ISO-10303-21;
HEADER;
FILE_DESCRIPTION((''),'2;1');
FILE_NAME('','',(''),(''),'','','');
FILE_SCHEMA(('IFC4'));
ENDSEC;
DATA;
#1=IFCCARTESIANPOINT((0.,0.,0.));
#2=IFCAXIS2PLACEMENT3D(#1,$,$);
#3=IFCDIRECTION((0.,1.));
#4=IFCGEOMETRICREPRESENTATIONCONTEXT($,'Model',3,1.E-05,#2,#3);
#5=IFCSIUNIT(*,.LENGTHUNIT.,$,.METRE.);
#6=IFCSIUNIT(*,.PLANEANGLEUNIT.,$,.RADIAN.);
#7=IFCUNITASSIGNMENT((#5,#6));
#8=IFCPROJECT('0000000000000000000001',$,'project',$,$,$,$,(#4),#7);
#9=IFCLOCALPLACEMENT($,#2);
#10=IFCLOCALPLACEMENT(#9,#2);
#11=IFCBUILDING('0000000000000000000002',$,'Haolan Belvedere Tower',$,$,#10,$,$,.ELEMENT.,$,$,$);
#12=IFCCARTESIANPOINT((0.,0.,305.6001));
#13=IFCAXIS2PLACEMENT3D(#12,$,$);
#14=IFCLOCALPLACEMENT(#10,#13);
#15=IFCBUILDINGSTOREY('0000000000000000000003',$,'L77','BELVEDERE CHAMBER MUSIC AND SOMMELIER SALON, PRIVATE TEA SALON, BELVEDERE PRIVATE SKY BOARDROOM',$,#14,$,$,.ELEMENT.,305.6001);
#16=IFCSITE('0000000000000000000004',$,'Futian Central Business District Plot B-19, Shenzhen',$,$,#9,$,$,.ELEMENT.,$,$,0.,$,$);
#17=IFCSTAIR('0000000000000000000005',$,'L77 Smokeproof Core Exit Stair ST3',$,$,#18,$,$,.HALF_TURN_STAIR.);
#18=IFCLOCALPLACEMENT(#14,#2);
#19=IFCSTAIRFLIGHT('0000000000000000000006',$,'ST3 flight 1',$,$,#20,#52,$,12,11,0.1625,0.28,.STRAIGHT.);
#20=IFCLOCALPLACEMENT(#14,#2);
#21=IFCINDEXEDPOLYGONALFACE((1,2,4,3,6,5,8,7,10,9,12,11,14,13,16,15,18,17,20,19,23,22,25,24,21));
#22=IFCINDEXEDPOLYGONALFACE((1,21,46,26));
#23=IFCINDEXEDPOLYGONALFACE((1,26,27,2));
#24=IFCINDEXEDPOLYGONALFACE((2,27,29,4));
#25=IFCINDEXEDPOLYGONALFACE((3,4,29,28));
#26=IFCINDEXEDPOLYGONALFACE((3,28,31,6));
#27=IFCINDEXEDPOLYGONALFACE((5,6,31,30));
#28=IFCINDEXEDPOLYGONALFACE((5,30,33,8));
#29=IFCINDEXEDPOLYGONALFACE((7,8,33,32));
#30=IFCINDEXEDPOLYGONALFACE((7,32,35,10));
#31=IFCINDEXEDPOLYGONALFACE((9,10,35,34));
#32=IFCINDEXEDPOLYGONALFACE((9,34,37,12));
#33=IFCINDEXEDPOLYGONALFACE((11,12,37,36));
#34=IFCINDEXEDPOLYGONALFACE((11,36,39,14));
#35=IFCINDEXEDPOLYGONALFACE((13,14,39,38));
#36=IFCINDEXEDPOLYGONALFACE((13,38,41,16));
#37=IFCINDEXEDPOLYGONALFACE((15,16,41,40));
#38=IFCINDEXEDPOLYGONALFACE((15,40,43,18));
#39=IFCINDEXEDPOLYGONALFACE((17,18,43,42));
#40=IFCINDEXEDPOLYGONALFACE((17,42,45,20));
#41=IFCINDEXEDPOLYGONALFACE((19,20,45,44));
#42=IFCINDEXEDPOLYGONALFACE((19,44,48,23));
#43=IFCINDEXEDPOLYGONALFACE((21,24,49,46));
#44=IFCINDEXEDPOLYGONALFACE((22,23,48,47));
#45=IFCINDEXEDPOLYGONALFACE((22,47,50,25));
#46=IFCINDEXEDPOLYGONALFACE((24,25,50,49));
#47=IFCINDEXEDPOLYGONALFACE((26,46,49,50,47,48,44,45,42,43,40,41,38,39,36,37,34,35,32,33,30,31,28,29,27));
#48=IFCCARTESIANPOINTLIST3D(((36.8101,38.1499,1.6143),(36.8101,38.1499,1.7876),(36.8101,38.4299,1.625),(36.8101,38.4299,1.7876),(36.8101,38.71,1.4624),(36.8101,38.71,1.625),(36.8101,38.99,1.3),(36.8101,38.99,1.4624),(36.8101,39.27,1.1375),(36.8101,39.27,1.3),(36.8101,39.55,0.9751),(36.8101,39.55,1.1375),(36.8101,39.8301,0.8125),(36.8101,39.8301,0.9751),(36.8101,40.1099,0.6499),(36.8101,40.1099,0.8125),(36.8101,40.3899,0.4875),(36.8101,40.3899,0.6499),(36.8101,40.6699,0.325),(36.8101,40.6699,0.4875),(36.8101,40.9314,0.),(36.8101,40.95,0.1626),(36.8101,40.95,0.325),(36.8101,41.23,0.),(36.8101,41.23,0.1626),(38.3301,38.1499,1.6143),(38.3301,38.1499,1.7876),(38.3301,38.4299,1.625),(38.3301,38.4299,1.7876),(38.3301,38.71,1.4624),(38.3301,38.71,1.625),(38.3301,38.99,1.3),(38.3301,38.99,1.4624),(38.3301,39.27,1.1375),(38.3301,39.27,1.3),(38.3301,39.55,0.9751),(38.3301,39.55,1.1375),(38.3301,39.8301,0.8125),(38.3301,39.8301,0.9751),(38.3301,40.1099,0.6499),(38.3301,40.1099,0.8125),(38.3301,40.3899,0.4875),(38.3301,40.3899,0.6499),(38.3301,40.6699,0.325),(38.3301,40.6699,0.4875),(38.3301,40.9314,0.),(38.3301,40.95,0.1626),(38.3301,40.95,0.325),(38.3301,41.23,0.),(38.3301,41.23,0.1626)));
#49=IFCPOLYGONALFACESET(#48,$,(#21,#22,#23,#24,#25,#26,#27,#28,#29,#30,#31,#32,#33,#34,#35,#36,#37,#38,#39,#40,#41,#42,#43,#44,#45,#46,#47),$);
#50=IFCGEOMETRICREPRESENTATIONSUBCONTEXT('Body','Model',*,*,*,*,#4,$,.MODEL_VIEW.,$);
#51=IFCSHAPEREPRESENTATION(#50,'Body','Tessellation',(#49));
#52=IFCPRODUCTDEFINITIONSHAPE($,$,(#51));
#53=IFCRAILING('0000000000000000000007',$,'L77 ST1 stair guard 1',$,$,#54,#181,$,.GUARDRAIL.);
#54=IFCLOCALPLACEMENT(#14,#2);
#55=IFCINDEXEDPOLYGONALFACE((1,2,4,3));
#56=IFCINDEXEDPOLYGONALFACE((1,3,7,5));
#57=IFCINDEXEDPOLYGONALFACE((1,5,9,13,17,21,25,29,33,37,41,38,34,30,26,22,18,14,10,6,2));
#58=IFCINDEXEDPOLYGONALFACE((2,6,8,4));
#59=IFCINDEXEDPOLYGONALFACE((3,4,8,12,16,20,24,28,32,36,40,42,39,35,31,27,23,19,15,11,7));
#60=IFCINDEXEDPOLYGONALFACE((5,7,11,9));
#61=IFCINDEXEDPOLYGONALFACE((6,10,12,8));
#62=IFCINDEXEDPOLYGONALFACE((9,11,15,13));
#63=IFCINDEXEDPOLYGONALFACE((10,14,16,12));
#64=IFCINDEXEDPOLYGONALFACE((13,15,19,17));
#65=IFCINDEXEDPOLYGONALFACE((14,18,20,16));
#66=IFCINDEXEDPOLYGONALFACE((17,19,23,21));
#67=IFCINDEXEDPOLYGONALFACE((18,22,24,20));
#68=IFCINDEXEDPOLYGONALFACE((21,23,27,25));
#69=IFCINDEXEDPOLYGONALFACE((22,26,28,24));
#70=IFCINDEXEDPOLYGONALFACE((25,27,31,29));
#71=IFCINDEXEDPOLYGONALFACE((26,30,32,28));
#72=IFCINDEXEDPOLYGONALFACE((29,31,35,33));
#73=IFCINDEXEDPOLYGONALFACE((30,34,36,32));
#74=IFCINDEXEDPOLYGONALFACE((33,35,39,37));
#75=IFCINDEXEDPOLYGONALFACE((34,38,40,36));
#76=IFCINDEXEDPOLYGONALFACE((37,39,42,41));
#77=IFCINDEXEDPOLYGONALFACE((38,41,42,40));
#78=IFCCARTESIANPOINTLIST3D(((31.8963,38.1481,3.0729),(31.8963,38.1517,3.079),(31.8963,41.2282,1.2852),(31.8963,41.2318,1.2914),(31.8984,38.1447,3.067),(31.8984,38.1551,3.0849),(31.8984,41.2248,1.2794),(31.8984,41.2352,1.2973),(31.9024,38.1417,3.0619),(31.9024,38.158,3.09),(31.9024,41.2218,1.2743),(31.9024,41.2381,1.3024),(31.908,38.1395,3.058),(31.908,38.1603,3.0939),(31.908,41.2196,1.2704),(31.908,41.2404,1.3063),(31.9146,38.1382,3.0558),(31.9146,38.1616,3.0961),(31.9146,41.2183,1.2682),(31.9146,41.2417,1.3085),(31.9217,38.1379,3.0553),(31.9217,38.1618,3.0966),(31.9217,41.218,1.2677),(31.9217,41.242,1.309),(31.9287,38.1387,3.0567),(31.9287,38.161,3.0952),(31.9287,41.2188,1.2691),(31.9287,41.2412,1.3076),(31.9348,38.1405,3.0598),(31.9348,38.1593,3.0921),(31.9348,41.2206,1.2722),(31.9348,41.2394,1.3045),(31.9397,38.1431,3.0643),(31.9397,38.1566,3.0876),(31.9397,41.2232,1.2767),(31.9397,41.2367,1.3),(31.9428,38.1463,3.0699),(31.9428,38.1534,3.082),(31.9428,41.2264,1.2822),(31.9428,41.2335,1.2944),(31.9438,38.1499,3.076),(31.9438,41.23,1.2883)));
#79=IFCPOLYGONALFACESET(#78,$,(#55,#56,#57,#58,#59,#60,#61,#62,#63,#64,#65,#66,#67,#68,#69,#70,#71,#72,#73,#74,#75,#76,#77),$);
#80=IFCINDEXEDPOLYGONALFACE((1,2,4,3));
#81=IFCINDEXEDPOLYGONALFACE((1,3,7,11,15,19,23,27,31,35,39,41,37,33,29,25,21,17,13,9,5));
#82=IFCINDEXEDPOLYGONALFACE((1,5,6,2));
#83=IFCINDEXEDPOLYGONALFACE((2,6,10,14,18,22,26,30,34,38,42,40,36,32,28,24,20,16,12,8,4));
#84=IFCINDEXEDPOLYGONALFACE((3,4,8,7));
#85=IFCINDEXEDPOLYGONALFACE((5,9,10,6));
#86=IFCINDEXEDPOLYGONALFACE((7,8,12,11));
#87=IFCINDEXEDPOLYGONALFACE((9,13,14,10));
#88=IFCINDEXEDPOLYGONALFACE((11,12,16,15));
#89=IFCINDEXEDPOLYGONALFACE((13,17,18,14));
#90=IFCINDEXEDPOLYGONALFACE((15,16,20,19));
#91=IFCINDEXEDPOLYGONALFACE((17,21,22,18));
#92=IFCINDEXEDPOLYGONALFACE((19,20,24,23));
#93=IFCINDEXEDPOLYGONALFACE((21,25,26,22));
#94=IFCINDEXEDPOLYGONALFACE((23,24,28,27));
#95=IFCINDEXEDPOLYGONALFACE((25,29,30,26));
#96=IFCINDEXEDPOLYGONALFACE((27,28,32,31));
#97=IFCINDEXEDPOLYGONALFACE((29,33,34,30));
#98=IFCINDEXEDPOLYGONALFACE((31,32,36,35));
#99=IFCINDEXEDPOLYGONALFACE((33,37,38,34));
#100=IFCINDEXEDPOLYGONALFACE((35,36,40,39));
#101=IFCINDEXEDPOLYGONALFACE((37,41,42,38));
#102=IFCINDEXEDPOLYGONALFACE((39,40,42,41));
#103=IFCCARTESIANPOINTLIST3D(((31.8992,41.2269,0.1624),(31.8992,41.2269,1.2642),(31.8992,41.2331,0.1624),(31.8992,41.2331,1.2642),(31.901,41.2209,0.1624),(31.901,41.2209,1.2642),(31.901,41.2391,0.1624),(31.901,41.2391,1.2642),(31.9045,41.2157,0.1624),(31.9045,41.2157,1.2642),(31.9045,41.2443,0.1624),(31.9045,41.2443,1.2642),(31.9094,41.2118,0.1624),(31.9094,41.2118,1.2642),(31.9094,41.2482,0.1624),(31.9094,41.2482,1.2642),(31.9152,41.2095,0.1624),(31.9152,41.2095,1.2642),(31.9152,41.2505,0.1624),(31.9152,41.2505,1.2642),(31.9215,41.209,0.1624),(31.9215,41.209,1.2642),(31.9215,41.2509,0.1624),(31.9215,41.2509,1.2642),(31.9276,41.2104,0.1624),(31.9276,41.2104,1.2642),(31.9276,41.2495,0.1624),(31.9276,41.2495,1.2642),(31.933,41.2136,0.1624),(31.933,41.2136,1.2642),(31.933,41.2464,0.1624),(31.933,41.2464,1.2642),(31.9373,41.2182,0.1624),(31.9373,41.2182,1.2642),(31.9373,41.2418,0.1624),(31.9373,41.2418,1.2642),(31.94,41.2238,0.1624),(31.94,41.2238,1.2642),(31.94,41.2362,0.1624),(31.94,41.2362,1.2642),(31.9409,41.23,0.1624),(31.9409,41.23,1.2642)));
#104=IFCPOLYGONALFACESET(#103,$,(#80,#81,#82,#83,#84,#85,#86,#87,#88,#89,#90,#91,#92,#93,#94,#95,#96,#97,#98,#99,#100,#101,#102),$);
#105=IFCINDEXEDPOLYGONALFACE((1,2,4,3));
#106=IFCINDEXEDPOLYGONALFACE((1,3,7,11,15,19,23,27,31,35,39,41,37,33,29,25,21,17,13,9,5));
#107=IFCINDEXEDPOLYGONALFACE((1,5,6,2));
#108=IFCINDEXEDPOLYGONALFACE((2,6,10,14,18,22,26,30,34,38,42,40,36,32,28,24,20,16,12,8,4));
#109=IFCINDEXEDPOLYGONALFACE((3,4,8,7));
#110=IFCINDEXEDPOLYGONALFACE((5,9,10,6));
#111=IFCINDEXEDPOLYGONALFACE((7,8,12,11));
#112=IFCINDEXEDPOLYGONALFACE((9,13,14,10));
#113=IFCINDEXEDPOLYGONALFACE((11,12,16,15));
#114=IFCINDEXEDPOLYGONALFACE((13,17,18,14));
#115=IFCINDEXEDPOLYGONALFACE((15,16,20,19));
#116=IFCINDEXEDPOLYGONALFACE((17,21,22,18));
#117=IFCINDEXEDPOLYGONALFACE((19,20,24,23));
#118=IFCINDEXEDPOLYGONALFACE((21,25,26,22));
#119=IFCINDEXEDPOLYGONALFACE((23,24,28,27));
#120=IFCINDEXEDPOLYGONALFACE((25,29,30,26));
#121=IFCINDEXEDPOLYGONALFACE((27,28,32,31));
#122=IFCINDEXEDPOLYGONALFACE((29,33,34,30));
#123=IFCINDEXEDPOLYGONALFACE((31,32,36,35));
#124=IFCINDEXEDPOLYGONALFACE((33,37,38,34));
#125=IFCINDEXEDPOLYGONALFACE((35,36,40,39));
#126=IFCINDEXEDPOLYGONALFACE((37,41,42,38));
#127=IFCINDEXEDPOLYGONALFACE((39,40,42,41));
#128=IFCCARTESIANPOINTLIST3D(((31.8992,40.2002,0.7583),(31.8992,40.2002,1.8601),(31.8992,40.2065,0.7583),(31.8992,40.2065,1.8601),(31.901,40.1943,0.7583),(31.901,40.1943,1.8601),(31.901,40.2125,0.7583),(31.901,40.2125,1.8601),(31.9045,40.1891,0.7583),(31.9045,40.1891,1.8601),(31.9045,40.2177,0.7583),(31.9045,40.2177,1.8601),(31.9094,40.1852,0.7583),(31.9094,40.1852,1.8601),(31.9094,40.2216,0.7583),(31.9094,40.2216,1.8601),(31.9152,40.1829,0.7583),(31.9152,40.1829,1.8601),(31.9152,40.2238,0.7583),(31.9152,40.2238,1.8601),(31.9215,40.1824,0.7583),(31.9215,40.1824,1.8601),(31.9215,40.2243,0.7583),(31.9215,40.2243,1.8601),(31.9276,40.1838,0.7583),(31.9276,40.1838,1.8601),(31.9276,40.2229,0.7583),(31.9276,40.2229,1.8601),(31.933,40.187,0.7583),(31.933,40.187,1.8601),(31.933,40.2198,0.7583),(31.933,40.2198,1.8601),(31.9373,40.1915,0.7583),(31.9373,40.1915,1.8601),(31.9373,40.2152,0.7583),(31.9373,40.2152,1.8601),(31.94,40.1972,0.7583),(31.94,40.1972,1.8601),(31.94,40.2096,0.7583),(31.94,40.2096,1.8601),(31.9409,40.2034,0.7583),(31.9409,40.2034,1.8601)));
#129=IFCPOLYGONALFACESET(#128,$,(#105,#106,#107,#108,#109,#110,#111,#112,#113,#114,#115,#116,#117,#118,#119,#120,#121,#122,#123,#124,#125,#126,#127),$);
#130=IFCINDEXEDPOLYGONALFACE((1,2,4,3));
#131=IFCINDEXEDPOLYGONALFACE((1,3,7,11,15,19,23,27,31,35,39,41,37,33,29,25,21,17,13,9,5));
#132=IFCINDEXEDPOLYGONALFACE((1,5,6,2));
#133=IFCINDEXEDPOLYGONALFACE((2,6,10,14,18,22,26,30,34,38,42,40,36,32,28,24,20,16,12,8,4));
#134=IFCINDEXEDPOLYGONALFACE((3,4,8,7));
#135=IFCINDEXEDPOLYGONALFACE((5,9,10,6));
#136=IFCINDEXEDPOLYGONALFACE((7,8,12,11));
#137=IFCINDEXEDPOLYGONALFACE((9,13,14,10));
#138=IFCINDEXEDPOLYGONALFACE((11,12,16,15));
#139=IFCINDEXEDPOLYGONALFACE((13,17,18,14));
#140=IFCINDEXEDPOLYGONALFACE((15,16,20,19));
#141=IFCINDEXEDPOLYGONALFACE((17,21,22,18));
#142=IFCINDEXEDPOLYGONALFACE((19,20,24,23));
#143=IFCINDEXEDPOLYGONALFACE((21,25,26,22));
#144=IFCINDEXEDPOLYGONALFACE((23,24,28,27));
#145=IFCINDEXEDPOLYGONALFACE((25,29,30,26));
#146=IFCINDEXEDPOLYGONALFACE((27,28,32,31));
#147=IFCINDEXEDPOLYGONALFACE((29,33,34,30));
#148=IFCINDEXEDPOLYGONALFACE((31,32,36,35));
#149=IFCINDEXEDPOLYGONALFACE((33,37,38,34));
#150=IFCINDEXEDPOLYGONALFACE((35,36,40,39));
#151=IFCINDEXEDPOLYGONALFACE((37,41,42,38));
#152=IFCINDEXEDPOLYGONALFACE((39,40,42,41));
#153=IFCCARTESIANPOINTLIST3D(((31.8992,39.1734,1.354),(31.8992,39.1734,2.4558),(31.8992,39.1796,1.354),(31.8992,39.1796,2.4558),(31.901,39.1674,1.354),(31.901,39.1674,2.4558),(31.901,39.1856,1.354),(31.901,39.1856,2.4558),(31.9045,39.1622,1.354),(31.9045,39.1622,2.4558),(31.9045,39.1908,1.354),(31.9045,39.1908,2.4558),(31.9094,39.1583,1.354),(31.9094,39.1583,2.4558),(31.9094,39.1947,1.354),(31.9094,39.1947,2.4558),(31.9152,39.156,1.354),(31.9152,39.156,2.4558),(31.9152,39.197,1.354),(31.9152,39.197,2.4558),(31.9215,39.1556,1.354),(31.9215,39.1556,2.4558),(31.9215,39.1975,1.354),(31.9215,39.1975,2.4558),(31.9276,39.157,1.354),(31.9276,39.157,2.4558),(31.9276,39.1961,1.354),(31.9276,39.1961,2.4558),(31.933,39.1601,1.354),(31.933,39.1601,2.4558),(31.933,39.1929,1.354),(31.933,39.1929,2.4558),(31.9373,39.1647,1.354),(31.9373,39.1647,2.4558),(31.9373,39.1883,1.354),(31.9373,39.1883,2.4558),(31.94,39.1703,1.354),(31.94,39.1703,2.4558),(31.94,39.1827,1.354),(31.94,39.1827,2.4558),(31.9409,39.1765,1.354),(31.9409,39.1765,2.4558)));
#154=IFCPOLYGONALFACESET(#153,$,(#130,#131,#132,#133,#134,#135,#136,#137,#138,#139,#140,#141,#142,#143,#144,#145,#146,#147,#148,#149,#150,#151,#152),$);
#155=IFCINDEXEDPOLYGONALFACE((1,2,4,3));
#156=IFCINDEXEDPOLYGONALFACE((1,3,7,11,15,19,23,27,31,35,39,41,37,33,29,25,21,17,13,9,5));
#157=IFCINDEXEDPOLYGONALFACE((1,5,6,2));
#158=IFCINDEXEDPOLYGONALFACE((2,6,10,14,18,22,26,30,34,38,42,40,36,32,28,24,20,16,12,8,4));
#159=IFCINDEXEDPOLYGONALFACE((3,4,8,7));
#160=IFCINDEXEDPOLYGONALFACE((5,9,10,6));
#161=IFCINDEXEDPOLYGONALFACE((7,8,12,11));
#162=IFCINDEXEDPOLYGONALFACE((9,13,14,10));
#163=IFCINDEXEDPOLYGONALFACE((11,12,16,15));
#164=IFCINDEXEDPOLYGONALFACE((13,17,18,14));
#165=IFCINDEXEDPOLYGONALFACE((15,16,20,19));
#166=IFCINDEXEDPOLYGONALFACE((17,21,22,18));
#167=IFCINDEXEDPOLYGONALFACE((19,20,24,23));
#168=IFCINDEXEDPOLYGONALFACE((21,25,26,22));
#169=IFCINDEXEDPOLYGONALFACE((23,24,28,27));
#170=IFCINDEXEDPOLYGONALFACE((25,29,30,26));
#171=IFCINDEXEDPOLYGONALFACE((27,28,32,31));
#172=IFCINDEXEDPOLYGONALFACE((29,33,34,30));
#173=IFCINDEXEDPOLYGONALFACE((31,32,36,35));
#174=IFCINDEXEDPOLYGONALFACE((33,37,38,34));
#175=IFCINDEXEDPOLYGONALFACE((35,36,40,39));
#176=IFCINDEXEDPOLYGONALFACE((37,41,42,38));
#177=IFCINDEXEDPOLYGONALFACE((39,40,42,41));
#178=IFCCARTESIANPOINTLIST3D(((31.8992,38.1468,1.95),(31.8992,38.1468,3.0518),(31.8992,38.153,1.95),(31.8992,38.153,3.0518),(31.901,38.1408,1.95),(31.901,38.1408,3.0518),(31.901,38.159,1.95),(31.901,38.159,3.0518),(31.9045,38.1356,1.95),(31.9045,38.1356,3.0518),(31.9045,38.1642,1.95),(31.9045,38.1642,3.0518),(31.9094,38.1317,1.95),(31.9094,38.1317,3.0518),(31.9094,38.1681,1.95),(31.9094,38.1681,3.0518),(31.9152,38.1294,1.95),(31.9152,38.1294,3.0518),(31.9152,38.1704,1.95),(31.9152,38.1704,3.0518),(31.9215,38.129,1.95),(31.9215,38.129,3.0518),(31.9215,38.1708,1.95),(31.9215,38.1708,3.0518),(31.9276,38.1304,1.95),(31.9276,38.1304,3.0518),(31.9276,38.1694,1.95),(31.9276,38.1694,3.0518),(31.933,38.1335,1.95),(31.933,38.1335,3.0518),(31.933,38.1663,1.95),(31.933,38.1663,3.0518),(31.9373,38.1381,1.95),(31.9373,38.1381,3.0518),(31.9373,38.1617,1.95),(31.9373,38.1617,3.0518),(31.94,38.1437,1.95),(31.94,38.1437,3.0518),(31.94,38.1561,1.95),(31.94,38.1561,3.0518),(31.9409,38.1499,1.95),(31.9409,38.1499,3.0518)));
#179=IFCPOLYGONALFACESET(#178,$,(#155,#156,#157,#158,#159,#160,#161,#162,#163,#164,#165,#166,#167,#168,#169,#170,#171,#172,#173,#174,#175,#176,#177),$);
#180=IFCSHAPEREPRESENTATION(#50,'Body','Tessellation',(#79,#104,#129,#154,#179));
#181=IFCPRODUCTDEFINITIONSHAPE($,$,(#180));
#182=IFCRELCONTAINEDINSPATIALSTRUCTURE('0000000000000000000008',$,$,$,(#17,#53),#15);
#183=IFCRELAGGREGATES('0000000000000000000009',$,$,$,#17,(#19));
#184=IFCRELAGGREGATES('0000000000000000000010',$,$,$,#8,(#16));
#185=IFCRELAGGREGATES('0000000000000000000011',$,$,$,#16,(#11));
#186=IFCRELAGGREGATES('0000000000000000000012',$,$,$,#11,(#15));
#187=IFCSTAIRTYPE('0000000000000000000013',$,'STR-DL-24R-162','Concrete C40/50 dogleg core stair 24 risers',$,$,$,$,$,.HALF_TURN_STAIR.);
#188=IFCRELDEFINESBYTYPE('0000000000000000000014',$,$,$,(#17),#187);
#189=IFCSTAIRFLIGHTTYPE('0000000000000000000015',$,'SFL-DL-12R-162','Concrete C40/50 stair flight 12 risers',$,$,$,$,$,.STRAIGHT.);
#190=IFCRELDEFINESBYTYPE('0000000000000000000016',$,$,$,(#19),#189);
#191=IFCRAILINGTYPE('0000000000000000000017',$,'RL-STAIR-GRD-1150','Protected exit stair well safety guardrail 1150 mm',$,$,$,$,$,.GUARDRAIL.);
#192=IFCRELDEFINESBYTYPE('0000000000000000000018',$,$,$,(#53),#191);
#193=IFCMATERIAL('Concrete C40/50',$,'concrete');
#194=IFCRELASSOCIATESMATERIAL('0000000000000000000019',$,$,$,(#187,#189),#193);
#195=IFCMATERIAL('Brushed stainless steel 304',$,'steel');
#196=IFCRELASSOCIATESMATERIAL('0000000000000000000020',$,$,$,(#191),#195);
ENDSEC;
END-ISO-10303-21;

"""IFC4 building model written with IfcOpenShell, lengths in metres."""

from ifc_helpers import new_model, si_unit, direction, frame, origin, origin_2d, place, context, subcontext, project, spatial, polyline, circle, outline, extrude, material, type_object, element, aggregate, save


model = new_model("IFC4")

# Units and contexts
model_context = context("Model", 3, precision=1e-05, world=origin(), true_north=direction((0.0, 1.0)))
body_context = subcontext(model_context, "Body", "Model", "MODEL_VIEW")
ifc_project = project(units=[si_unit("LENGTHUNIT", "METRE"), si_unit("PLANEANGLEUNIT", "RADIAN")], contexts=[model_context])

# Site, building, storey
site_placement = place(None, origin())
site = spatial("IfcSite", under=ifc_project, at=site_placement, Name="Futian Central Business District Plot B-19, Shenzhen", CompositionType="ELEMENT", RefElevation=0.0)
building_placement = place(site_placement, origin())
building = spatial("IfcBuilding", under=site, at=building_placement, Name="Haolan Belvedere Tower", CompositionType="ELEMENT")
storey_placement = place(building_placement, frame((0.0, 0.0, 305.6001)))
storey = spatial("IfcBuildingStorey", under=building, at=storey_placement, Name="L77", Description="BELVEDERE CHAMBER MUSIC AND SOMMELIER SALON, PRIVATE TEA SALON, BELVEDERE PRIVATE SKY BOARDROOM", CompositionType="ELEMENT", Elevation=305.6001)

# Shared definitions
ifc_material_1 = material(Name="Concrete C40/50", Category="concrete")
stair_type = type_object("IfcStairType", Name="STR-DL-24R-162", Description="Concrete C40/50 dogleg core stair 24 risers", PredefinedType="HALF_TURN_STAIR", material=ifc_material_1)
stair_flight_type = type_object("IfcStairFlightType", Name="SFL-DL-12R-162", Description="Concrete C40/50 stair flight 12 risers", PredefinedType="STRAIGHT", material=ifc_material_1)

# Stair, stair flight
stair_1_placement = place(storey_placement, origin())
stair_1 = element("IfcStair", 1, at=stair_1_placement, inside=storey, type_object=stair_type, Name="L77 Smokeproof Core Exit Stair ST3", PredefinedType="HALF_TURN_STAIR")
stair_flight_1_placement = place(storey_placement, frame((37.5701, 41.23, 0.0), z_axis=(0.0, 0.0, 1.0), x_axis=(0.0, -1.0, 0.0)))
stair_flight_1 = element("IfcStairFlight", 2, at=stair_flight_1_placement, type_object=stair_flight_type, Name="ST3 flight 1", NumberOfRisers=12, NumberOfTreads=11, PredefinedType="STRAIGHT", RiserHeight=0.1625, TreadLength=0.28, context=body_context, shape_type="SweptSolid", body=[
    extrude(outline(polyline([(0.0, 0.0), (0.0, 0.1626), (0.28, 0.1626), (0.28, 0.325), (0.5601, 0.325), (0.5601, 0.4875), (0.8401, 0.4875), (0.8401, 0.6499), (1.1201, 0.6499), (1.1201, 0.8125), (1.3999, 0.8125), (1.3999, 0.9751), (1.6799, 0.9751), (1.6799, 1.1375), (1.96, 1.1375), (1.96, 1.3), (2.24, 1.3), (2.24, 1.4624), (2.52, 1.4624), (2.52, 1.625), (2.8, 1.625), (2.8, 1.7876), (3.0801, 1.7876), (3.0801, 1.95), (3.0801, 1.6143), (0.2986, 0.0), (0.0, 0.0)])), frame((0.0, 0.76, 0.0), z_axis=(0.0, -1.0, 0.0), x_axis=(1.0, 0.0, 0.0)), (0.0, 0.0, 1.0), 1.52),
])
aggregate(stair_1, [stair_flight_1])

# Railing
ifc_material_2 = material(Name="Brushed stainless steel 304", Category="steel")
railing_type_1 = type_object("IfcRailingType", Name="RL-STAIR-GRD-1150", Description="Protected exit stair well safety guardrail 1150 mm", PredefinedType="GUARDRAIL", material=ifc_material_2)
railing_1_placement = place(storey_placement, frame((31.9199, 41.23, 0.1624)))
element("IfcRailing", 3, at=railing_1_placement, inside=storey, type_object=railing_type_1, Name="L77 ST1 stair guard 1", PredefinedType="GUARDRAIL", context=body_context, shape_type="SweptSolid", body=[
    extrude(circle(Radius=0.0239, at=origin_2d()), frame((0.0, 0.0, 1.126), z_axis=(0.0, -0.864891, 0.50196), x_axis=(1.0, 0.0, 0.0)), (0.0, 0.0, 1.0), 3.5613),
    extrude(circle(Radius=0.021, at=origin_2d()), origin(), (0.0, 0.0, 1.0), 1.1018),
    extrude(circle(Radius=0.021, at=origin_2d()), frame((0.0, -1.0266, 0.5959)), (0.0, 0.0, 1.0), 1.1018),
    extrude(circle(Radius=0.021, at=origin_2d()), frame((0.0, -2.0535, 1.1917)), (0.0, 0.0, 1.0), 1.1018),
    extrude(circle(Radius=0.021, at=origin_2d()), frame((0.0, -3.0801, 1.7876)), (0.0, 0.0, 1.0), 1.1018),
])

save(model, "model.ifc")
